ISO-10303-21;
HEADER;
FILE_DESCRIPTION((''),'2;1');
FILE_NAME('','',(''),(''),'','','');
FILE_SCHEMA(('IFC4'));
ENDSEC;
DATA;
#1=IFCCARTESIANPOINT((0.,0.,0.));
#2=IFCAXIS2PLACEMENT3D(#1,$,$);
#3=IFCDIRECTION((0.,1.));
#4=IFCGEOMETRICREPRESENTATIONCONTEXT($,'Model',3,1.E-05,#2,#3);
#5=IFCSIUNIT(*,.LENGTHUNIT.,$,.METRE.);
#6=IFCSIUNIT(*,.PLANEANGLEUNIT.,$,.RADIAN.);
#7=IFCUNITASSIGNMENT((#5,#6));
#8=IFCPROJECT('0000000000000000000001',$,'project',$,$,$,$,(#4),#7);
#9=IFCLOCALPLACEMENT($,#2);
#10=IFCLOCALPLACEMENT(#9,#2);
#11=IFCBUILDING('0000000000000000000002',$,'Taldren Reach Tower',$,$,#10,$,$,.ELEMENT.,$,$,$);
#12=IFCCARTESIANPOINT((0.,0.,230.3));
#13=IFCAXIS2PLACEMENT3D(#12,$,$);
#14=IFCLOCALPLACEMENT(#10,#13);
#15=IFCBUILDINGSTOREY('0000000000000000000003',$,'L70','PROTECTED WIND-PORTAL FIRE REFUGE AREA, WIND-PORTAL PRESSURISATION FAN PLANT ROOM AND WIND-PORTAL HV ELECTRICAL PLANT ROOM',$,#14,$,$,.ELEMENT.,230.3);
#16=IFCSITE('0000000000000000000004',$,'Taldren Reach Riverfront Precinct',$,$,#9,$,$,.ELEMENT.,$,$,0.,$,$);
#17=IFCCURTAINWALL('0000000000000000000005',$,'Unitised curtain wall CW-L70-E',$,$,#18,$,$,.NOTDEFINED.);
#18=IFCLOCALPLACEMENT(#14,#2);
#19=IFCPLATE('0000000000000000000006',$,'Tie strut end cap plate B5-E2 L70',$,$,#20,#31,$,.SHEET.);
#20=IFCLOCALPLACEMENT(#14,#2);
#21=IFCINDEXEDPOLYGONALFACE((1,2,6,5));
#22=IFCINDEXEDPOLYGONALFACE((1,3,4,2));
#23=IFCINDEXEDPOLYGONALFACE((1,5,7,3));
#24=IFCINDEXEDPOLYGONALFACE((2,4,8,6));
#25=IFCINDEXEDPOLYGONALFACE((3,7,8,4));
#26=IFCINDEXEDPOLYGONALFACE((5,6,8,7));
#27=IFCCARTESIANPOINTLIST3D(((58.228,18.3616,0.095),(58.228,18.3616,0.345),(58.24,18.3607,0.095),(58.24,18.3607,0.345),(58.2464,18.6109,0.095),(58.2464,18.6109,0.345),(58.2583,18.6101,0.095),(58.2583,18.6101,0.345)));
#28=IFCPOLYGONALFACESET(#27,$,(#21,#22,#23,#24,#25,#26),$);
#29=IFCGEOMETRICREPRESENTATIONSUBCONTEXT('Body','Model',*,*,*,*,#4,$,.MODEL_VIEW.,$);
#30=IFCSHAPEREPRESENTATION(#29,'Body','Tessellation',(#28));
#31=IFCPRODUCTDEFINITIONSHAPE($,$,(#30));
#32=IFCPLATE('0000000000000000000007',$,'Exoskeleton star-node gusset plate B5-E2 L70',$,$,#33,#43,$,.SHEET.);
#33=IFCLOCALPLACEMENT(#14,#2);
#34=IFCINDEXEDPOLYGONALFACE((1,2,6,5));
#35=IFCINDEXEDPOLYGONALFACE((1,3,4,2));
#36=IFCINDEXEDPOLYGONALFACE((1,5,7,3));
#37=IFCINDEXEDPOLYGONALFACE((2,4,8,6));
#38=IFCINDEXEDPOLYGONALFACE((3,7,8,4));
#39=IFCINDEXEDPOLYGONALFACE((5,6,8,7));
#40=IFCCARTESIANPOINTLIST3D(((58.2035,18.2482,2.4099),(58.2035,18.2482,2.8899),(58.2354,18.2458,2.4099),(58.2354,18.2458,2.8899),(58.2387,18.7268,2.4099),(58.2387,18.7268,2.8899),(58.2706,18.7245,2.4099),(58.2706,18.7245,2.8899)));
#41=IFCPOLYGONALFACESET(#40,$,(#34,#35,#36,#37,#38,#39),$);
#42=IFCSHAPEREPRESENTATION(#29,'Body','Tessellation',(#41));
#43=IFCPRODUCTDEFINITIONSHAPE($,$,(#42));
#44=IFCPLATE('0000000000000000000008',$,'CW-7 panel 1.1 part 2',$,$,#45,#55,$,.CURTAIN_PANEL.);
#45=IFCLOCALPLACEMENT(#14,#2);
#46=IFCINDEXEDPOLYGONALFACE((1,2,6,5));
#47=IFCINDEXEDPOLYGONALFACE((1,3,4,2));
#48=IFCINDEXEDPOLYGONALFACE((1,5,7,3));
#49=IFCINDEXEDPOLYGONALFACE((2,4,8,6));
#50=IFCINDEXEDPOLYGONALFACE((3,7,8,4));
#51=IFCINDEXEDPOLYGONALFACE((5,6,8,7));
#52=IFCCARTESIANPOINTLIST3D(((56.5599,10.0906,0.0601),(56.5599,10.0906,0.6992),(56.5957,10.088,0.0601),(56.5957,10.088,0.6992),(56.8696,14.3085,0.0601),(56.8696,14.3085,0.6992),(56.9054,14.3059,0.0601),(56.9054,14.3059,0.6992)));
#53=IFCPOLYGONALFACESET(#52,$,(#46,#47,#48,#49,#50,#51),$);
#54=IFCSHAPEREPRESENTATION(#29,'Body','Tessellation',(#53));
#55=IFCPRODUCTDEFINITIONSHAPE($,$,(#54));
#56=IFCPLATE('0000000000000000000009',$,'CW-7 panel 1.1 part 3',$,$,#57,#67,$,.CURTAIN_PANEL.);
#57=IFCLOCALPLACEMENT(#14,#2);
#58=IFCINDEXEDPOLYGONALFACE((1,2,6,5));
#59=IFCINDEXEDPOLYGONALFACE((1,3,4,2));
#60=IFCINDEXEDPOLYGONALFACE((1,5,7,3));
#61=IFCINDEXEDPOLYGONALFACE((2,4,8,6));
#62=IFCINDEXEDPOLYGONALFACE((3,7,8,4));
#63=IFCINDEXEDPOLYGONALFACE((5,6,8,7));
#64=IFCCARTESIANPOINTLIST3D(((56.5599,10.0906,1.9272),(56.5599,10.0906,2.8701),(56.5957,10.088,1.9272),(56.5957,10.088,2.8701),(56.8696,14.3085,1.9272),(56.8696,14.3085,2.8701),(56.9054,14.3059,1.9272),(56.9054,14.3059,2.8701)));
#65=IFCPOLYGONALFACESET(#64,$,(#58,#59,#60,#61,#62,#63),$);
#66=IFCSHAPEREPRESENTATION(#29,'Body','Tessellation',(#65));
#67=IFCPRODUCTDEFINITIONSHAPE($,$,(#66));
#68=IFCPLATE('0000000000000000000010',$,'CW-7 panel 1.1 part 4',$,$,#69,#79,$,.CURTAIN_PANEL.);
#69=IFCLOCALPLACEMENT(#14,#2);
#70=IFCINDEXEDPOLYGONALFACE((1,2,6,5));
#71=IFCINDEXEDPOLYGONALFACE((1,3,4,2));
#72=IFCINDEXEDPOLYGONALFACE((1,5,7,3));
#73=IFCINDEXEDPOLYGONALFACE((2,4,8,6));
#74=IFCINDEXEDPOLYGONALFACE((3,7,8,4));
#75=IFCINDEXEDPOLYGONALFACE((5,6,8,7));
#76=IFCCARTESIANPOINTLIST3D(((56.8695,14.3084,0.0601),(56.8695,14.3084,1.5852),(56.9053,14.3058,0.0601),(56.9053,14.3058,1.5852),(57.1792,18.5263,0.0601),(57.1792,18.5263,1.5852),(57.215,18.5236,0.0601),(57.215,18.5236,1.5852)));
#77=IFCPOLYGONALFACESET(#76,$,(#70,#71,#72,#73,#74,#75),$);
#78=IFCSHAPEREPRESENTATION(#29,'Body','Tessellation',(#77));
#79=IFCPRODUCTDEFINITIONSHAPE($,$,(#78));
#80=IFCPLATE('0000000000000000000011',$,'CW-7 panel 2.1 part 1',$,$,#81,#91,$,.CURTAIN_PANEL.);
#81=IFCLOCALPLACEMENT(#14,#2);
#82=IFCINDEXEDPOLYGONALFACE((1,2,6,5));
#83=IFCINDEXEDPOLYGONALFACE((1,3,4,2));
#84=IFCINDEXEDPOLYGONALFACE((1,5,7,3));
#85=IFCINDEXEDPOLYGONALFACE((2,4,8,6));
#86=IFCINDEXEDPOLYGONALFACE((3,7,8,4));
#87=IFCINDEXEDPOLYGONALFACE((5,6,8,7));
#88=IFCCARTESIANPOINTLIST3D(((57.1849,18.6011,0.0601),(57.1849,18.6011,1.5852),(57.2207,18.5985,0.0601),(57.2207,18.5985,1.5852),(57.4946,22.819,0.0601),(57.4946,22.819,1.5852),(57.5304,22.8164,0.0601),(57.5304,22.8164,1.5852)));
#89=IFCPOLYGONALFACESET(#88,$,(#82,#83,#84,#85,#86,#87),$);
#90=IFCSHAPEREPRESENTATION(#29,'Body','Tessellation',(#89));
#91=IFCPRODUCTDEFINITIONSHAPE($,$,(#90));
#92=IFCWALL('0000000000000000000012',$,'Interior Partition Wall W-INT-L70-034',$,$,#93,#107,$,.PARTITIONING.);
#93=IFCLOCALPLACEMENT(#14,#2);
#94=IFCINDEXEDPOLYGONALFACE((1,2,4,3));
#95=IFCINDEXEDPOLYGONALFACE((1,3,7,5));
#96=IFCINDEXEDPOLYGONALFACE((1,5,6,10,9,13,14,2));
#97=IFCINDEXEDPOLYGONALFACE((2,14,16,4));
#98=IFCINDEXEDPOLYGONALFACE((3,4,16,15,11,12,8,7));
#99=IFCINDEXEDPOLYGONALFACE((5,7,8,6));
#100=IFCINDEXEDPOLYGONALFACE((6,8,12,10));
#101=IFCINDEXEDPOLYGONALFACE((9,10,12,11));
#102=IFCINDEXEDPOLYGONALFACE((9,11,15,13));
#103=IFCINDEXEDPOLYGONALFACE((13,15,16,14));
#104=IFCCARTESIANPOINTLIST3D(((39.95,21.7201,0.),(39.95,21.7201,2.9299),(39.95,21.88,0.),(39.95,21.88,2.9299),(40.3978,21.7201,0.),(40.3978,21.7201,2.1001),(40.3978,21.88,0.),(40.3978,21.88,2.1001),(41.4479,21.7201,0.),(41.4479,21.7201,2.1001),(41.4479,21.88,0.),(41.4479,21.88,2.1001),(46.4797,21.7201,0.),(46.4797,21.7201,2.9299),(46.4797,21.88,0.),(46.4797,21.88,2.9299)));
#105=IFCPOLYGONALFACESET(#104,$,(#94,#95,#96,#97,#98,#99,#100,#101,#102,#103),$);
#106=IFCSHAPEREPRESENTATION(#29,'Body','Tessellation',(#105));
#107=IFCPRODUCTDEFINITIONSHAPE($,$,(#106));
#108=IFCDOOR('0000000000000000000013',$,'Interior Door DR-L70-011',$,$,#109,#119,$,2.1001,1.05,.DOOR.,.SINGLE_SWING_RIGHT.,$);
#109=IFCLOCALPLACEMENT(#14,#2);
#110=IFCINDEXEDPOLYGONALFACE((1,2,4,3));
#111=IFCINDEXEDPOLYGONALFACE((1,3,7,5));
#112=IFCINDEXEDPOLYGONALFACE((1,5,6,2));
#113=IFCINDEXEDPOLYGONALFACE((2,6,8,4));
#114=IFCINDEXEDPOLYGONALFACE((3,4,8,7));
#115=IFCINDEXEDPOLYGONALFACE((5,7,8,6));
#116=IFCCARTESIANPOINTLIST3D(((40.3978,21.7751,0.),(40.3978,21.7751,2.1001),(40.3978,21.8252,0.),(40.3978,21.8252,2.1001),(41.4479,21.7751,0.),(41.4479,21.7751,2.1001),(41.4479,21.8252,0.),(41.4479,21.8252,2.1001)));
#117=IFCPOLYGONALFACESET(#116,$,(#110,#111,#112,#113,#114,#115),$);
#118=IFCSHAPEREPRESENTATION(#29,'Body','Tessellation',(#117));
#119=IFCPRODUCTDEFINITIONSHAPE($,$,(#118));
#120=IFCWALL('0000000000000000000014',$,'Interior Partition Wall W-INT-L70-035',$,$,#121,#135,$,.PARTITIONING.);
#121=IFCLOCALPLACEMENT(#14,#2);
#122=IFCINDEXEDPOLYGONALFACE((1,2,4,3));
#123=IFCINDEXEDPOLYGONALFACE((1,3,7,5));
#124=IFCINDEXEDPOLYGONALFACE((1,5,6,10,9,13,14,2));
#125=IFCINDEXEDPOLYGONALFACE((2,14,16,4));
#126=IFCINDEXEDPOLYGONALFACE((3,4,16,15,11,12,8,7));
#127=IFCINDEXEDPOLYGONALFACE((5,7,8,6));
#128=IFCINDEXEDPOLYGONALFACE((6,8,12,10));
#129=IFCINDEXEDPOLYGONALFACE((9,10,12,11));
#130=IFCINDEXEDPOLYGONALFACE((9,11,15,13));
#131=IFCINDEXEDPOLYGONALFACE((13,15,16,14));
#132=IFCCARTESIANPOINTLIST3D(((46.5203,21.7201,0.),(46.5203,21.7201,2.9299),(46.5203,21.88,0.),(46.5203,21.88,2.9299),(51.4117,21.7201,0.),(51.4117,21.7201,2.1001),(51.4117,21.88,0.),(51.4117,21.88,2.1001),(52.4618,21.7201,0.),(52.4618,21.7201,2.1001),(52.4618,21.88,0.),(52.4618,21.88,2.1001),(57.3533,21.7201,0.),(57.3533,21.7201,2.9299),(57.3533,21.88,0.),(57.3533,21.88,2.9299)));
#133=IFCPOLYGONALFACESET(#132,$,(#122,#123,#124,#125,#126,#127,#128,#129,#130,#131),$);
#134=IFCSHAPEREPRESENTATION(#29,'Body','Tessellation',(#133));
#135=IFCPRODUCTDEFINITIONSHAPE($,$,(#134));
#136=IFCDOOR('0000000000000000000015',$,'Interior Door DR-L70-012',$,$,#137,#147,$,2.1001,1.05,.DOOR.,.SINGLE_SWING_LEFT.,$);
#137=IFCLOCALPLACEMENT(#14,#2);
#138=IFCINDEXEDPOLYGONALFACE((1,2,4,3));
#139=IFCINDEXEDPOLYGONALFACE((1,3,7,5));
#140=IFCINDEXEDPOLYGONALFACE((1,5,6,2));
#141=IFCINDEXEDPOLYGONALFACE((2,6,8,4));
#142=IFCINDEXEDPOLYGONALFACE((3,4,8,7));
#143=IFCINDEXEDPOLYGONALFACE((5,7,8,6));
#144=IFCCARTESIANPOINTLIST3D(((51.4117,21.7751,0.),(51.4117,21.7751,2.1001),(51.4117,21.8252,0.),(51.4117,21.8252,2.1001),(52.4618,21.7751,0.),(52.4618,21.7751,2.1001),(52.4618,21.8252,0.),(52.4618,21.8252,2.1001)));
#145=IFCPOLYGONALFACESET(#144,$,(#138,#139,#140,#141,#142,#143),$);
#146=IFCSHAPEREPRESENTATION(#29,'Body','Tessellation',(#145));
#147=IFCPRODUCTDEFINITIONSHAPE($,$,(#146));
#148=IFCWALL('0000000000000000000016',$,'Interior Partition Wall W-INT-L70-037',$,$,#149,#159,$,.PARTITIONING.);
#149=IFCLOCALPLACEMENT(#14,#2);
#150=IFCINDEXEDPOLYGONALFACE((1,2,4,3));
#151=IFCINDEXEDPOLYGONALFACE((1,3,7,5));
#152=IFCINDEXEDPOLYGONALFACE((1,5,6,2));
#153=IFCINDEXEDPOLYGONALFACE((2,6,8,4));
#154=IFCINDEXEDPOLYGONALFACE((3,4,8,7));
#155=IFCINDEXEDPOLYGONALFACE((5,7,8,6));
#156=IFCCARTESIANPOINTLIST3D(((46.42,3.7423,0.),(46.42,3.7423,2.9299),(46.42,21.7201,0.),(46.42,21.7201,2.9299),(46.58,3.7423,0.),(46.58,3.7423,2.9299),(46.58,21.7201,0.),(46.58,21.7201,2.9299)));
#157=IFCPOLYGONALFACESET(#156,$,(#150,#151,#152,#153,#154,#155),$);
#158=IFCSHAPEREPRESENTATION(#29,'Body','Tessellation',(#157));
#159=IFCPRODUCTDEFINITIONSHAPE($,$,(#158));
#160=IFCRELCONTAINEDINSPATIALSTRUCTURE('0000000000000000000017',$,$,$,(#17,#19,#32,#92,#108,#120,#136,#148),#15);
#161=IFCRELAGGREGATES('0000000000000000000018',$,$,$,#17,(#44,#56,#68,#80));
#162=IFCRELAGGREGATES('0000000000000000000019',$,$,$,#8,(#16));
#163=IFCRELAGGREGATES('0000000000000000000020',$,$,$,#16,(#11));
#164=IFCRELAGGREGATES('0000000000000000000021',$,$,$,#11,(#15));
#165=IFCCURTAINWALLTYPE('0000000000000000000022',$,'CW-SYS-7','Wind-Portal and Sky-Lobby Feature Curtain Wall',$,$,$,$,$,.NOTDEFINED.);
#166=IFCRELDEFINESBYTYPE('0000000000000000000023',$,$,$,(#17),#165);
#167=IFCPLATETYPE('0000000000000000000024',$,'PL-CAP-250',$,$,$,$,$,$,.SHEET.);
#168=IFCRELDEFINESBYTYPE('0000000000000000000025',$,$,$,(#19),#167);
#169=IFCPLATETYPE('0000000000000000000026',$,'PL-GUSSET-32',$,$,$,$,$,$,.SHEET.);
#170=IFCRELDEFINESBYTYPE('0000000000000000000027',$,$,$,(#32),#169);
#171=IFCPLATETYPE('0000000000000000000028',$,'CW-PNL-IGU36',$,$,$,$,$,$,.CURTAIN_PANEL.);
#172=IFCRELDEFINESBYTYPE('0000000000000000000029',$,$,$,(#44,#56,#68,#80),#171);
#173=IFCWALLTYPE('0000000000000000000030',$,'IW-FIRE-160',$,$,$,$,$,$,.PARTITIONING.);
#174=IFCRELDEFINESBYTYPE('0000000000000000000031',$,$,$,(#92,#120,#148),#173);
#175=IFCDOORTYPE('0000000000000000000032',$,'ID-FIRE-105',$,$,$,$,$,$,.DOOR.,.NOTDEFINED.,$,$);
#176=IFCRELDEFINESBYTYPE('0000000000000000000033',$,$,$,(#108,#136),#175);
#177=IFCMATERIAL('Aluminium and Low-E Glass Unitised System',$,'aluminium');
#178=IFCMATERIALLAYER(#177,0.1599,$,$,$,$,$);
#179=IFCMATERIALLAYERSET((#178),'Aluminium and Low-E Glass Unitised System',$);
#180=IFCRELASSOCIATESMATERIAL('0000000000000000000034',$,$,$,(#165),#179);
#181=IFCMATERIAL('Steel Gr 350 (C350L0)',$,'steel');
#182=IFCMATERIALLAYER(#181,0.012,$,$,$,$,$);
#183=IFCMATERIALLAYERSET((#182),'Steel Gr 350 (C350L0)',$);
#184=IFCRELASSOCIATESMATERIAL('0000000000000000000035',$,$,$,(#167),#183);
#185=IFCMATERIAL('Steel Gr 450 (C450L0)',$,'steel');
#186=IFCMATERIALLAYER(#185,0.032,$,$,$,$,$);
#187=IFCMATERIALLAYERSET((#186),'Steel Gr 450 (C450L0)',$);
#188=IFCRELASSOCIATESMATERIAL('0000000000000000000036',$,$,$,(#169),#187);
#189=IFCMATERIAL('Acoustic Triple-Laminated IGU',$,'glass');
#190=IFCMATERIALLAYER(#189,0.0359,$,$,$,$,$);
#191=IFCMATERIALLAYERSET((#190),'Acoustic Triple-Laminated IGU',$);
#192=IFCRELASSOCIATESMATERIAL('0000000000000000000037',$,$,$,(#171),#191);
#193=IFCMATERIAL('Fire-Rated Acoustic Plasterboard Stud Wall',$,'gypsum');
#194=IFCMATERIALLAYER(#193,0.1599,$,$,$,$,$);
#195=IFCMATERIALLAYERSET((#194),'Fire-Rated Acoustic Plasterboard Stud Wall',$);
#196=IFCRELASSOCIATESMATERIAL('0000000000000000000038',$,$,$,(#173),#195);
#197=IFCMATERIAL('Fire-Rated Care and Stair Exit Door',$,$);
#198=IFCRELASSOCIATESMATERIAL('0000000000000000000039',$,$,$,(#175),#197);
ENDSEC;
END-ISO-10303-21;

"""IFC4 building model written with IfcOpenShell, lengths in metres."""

from ifc_helpers import new_model, si_unit, direction, frame, frame_2d, origin, origin_2d, place, context, subcontext, project, spatial, rectangle, extrude, source, transform, mapped, material, layer, layer_set, type_object, element, fill, aggregate, save


model = new_model("IFC4")

# Units and contexts
model_context = context("Model", 3, precision=1e-05, world=origin(), true_north=direction((0.0, 1.0)))
body_context = subcontext(model_context, "Body", "Model", "MODEL_VIEW")
ifc_project = project(units=[si_unit("LENGTHUNIT", "METRE"), si_unit("PLANEANGLEUNIT", "RADIAN")], contexts=[model_context])

# Site, building, storey
site_placement = place(None, origin())
site = spatial("IfcSite", under=ifc_project, at=site_placement, Name="Taldren Reach Riverfront Precinct", CompositionType="ELEMENT", RefElevation=0.0)
building_placement = place(site_placement, origin())
building = spatial("IfcBuilding", under=site, at=building_placement, Name="Taldren Reach Tower", CompositionType="ELEMENT")
storey_placement = place(building_placement, frame((0.0, 0.0, 230.3)))
storey = spatial("IfcBuildingStorey", under=building, at=storey_placement, Name="L70", Description="PROTECTED WIND-PORTAL FIRE REFUGE AREA, WIND-PORTAL PRESSURISATION FAN PLANT ROOM AND WIND-PORTAL HV ELECTRICAL PLANT ROOM", CompositionType="ELEMENT", Elevation=230.3)

# Shared definitions
ifc_material_1 = material(Name="Steel Gr 450 (C450L0)", Category="steel")

# Shared definitions
ifc_material_2 = material(Name="Steel Gr 350 (C350L0)", Category="steel")

# Curtain wall
ifc_material_3 = material(Name="Aluminium and Low-E Glass Unitised System", Category="aluminium")
ifc_layer_1 = layer(ifc_material_3, 0.1599)
ifc_layer_set_1 = layer_set([ifc_layer_1], Name="Aluminium and Low-E Glass Unitised System")
curtain_wall_type = type_object("IfcCurtainWallType", Name="CW-SYS-7", Description="Wind-Portal and Sky-Lobby Feature Curtain Wall", PredefinedType="NOTDEFINED", material=ifc_layer_set_1)
curtain_wall_placement = place(storey_placement, origin())
curtain_wall = element("IfcCurtainWall", 1, at=curtain_wall_placement, inside=storey, type_object=curtain_wall_type, Name="Unitised curtain wall CW-L70-E", PredefinedType="NOTDEFINED")

# Plates
ifc_layer_2 = layer(ifc_material_2, 0.012)
ifc_layer_set_2 = layer_set([ifc_layer_2], Name="Steel Gr 350 (C350L0)")
plate_type_1 = type_object("IfcPlateType", Name="PL-CAP-250", PredefinedType="SHEET", material=ifc_layer_set_2)
shared_shape_1 = source(origin(), body_context, "Body", "SweptSolid", [
    extrude(rectangle(XDim=0.012, YDim=0.25, at=origin_2d()), origin(), (0.0, 0.0, 1.0), 0.25),
])
plate_1_placement = place(storey_placement, frame((58.2432, 18.4858, 0.095), z_axis=(0.0, 0.0, 1.0), x_axis=(0.997314, -0.073238, 0.0)))
element("IfcPlate", 2, at=plate_1_placement, inside=storey, type_object=plate_type_1, Name="Tie strut end cap plate B5-E2 L70", PredefinedType="SHEET", context=body_context, shape_type="MappedRepresentation", body=[
    mapped(shared_shape_1, transform((0.0, 0.0, 0.0), scale=1.0)),
])
ifc_layer_3 = layer(ifc_material_1, 0.032)
ifc_layer_set_3 = layer_set([ifc_layer_3], Name="Steel Gr 450 (C450L0)")
plate_type_2 = type_object("IfcPlateType", Name="PL-GUSSET-32", PredefinedType="SHEET", material=ifc_layer_set_3)
shared_shape_2 = source(origin(), body_context, "Body", "SweptSolid", [
    extrude(rectangle(XDim=0.48, YDim=0.032, at=origin_2d()), origin(), (0.0, 0.0, 1.0), 0.48),
])
plate_2_placement = place(storey_placement, frame((58.2371, 18.4863, 2.4099), z_axis=(0.0, 0.0, 1.0), x_axis=(0.073238, 0.997314, 0.0)))
element("IfcPlate", 3, at=plate_2_placement, inside=storey, type_object=plate_type_2, Name="Exoskeleton star-node gusset plate B5-E2 L70", PredefinedType="SHEET", context=body_context, shape_type="MappedRepresentation", body=[
    mapped(shared_shape_2, transform((0.0, 0.0, 0.0), scale=1.0)),
])

# Plates
ifc_material_4 = material(Name="Acoustic Triple-Laminated IGU", Category="glass")
ifc_layer_4 = layer(ifc_material_4, 0.0359)
ifc_layer_set_4 = layer_set([ifc_layer_4], Name="Acoustic Triple-Laminated IGU")
plate_type_3 = type_object("IfcPlateType", Name="CW-PNL-IGU36", PredefinedType="CURTAIN_PANEL", material=ifc_layer_set_4)
shared_shape_3 = source(origin(), body_context, "Body", "SweptSolid", [
    extrude(rectangle(XDim=4.2292, YDim=0.0359, at=origin_2d()), origin(), (0.0, 0.0, 1.0), 0.6392),
])
plate_3_placement = place(storey_placement, frame((56.7327, 12.1982, 0.0601), z_axis=(0.0, 0.0, 1.0), x_axis=(0.073238, 0.997314, 0.0)))
plate_3 = element("IfcPlate", 4, at=plate_3_placement, type_object=plate_type_3, Name="CW-7 panel 1.1 part 2", PredefinedType="CURTAIN_PANEL", context=body_context, shape_type="MappedRepresentation", body=[
    mapped(shared_shape_3, transform((0.0, 0.0, 0.0), scale=1.0)),
])
shared_shape_4 = source(origin(), body_context, "Body", "SweptSolid", [
    extrude(rectangle(XDim=4.2292, YDim=0.0359, at=origin_2d()), origin(), (0.0, 0.0, 1.0), 0.9429),
])
plate_4_placement = place(storey_placement, frame((56.7327, 12.1982, 1.9272), z_axis=(0.0, 0.0, 1.0), x_axis=(0.073238, 0.997314, 0.0)))
plate_4 = element("IfcPlate", 5, at=plate_4_placement, type_object=plate_type_3, Name="CW-7 panel 1.1 part 3", PredefinedType="CURTAIN_PANEL", context=body_context, shape_type="MappedRepresentation", body=[
    mapped(shared_shape_4, transform((0.0, 0.0, 0.0), scale=1.0)),
])
shared_shape_5 = source(origin(), body_context, "Body", "SweptSolid", [
    extrude(rectangle(XDim=4.2292, YDim=0.0359, at=origin_2d()), origin(), (0.0, 0.0, 1.0), 1.5251),
])
plate_5_placement = place(storey_placement, frame((57.0422, 16.416, 0.0601), z_axis=(0.0, 0.0, 1.0), x_axis=(0.073238, 0.997314, 0.0)))
plate_5 = element("IfcPlate", 6, at=plate_5_placement, type_object=plate_type_3, Name="CW-7 panel 1.1 part 4", PredefinedType="CURTAIN_PANEL", context=body_context, shape_type="MappedRepresentation", body=[
    mapped(shared_shape_5, transform((0.0, 0.0, 0.0), scale=1.0)),
])
plate_6_placement = place(storey_placement, frame((57.3577, 20.7087, 0.0601), z_axis=(0.0, 0.0, 1.0), x_axis=(0.073238, 0.997314, 0.0)))
plate_6 = element("IfcPlate", 7, at=plate_6_placement, type_object=plate_type_3, Name="CW-7 panel 2.1 part 1", PredefinedType="CURTAIN_PANEL", context=body_context, shape_type="MappedRepresentation", body=[
    mapped(shared_shape_5, transform((0.0, 0.0, 0.0), scale=1.0)),
])
aggregate(curtain_wall, [plate_3, plate_4, plate_5, plate_6])

# Walls, openings, doors
ifc_material_5 = material(Name="Fire-Rated Acoustic Plasterboard Stud Wall", Category="gypsum")
ifc_layer_5 = layer(ifc_material_5, 0.1599)
ifc_layer_set_5 = layer_set([ifc_layer_5], Name="Fire-Rated Acoustic Plasterboard Stud Wall")
wall_type = type_object("IfcWallType", Name="IW-FIRE-160", PredefinedType="PARTITIONING", material=ifc_layer_set_5)
shared_shape_6 = source(origin(), body_context, "Body", "SweptSolid", [
    extrude(rectangle(XDim=6.5298, YDim=0.1599, at=frame_2d((3.2649, 0.0))), origin(), (0.0, 0.0, 1.0), 2.9299),
])
wall_1_placement = place(storey_placement, frame((46.4797, 21.8, 0.0), z_axis=(0.0, 0.0, 1.0), x_axis=(-1.0, 0.0, 0.0)))
wall_1 = element("IfcWall", 8, at=wall_1_placement, inside=storey, type_object=wall_type, Name="Interior Partition Wall W-INT-L70-034", PredefinedType="PARTITIONING", context=body_context, shape_type="MappedRepresentation", body=[
    mapped(shared_shape_6, transform((0.0, 0.0, 0.0), scale=1.0)),
])
shared_shape_7 = source(origin(), body_context, "Body", "SweptSolid", [
    extrude(rectangle(XDim=1.05, YDim=2.1001, at=frame_2d((0.5249, 1.05))), frame((0.0, 0.0898, 0.0), z_axis=(0.0, -1.0, 0.0), x_axis=(1.0, 0.0, 0.0)), (0.0, 0.0, 1.0), 0.1799),
])
opening_1_placement = place(wall_1_placement, frame((5.032, 0.0, 0.0)))
opening_1 = element("IfcOpeningElement", 9, at=opening_1_placement, cuts=wall_1, PredefinedType="OPENING", context=body_context, shape_type="MappedRepresentation", body=[
    mapped(shared_shape_7, transform((0.0, 0.0, 0.0), scale=1.0)),
])
ifc_material_6 = material(Name="Fire-Rated Care and Stair Exit Door")
door_type = type_object("IfcDoorType", Name="ID-FIRE-105", OperationType="NOTDEFINED", PredefinedType="DOOR", material=ifc_material_6)
shared_shape_8 = source(origin(), body_context, "Body", "SweptSolid", [
    extrude(rectangle(XDim=1.05, YDim=2.1001, at=frame_2d((0.5249, 1.05))), frame((0.0, 0.0249, 0.0), z_axis=(0.0, -1.0, 0.0), x_axis=(1.0, 0.0, 0.0)), (0.0, 0.0, 1.0), 0.05),
])
door_1_placement = place(opening_1_placement, origin())
door_1 = element("IfcDoor", 10, at=door_1_placement, inside=storey, type_object=door_type, Name="Interior Door DR-L70-011", OperationType="SINGLE_SWING_RIGHT", OverallHeight=2.1001, OverallWidth=1.05, PredefinedType="DOOR", context=body_context, shape_type="MappedRepresentation", body=[
    mapped(shared_shape_8, transform((0.0, 0.0, 0.0), scale=1.0)),
])
fill(opening_1, door_1)
shared_shape_9 = source(origin(), body_context, "Body", "SweptSolid", [
    extrude(rectangle(XDim=10.833, YDim=0.1599, at=frame_2d((5.4165, 0.0))), origin(), (0.0, 0.0, 1.0), 2.9299),
])
wall_2_placement = place(storey_placement, frame((57.3533, 21.8, 0.0), z_axis=(0.0, 0.0, 1.0), x_axis=(-1.0, 0.0, 0.0)))
wall_2 = element("IfcWall", 11, at=wall_2_placement, inside=storey, type_object=wall_type, Name="Interior Partition Wall W-INT-L70-035", PredefinedType="PARTITIONING", context=body_context, shape_type="MappedRepresentation", body=[
    mapped(shared_shape_9, transform((0.0, 0.0, 0.0), scale=1.0)),
])
opening_2_placement = place(wall_2_placement, frame((4.8916, 0.0, 0.0)))
opening_2 = element("IfcOpeningElement", 12, at=opening_2_placement, cuts=wall_2, PredefinedType="OPENING", context=body_context, shape_type="MappedRepresentation", body=[
    mapped(shared_shape_7, transform((0.0, 0.0, 0.0), scale=1.0)),
])
door_2_placement = place(opening_2_placement, origin())
door_2 = element("IfcDoor", 13, at=door_2_placement, inside=storey, type_object=door_type, Name="Interior Door DR-L70-012", OperationType="SINGLE_SWING_LEFT", OverallHeight=2.1001, OverallWidth=1.05, PredefinedType="DOOR", context=body_context, shape_type="MappedRepresentation", body=[
    mapped(shared_shape_8, transform((0.0, 0.0, 0.0), scale=1.0)),
])
fill(opening_2, door_2)

# Wall
shared_shape_10 = source(origin(), body_context, "Body", "SweptSolid", [
    extrude(rectangle(XDim=17.9778, YDim=0.1599, at=frame_2d((8.9888, 0.0))), origin(), (0.0, 0.0, 1.0), 2.9299),
])
wall_3_placement = place(storey_placement, frame((46.5, 21.72, 0.0), z_axis=(0.0, 0.0, 1.0), x_axis=(0.0, -1.0, 0.0)))
element("IfcWall", 14, at=wall_3_placement, inside=storey, type_object=wall_type, Name="Interior Partition Wall W-INT-L70-037", PredefinedType="PARTITIONING", context=body_context, shape_type="MappedRepresentation", body=[
    mapped(shared_shape_10, transform((0.0, 0.0, 0.0), scale=1.0)),
])

save(model, "model.ifc")
